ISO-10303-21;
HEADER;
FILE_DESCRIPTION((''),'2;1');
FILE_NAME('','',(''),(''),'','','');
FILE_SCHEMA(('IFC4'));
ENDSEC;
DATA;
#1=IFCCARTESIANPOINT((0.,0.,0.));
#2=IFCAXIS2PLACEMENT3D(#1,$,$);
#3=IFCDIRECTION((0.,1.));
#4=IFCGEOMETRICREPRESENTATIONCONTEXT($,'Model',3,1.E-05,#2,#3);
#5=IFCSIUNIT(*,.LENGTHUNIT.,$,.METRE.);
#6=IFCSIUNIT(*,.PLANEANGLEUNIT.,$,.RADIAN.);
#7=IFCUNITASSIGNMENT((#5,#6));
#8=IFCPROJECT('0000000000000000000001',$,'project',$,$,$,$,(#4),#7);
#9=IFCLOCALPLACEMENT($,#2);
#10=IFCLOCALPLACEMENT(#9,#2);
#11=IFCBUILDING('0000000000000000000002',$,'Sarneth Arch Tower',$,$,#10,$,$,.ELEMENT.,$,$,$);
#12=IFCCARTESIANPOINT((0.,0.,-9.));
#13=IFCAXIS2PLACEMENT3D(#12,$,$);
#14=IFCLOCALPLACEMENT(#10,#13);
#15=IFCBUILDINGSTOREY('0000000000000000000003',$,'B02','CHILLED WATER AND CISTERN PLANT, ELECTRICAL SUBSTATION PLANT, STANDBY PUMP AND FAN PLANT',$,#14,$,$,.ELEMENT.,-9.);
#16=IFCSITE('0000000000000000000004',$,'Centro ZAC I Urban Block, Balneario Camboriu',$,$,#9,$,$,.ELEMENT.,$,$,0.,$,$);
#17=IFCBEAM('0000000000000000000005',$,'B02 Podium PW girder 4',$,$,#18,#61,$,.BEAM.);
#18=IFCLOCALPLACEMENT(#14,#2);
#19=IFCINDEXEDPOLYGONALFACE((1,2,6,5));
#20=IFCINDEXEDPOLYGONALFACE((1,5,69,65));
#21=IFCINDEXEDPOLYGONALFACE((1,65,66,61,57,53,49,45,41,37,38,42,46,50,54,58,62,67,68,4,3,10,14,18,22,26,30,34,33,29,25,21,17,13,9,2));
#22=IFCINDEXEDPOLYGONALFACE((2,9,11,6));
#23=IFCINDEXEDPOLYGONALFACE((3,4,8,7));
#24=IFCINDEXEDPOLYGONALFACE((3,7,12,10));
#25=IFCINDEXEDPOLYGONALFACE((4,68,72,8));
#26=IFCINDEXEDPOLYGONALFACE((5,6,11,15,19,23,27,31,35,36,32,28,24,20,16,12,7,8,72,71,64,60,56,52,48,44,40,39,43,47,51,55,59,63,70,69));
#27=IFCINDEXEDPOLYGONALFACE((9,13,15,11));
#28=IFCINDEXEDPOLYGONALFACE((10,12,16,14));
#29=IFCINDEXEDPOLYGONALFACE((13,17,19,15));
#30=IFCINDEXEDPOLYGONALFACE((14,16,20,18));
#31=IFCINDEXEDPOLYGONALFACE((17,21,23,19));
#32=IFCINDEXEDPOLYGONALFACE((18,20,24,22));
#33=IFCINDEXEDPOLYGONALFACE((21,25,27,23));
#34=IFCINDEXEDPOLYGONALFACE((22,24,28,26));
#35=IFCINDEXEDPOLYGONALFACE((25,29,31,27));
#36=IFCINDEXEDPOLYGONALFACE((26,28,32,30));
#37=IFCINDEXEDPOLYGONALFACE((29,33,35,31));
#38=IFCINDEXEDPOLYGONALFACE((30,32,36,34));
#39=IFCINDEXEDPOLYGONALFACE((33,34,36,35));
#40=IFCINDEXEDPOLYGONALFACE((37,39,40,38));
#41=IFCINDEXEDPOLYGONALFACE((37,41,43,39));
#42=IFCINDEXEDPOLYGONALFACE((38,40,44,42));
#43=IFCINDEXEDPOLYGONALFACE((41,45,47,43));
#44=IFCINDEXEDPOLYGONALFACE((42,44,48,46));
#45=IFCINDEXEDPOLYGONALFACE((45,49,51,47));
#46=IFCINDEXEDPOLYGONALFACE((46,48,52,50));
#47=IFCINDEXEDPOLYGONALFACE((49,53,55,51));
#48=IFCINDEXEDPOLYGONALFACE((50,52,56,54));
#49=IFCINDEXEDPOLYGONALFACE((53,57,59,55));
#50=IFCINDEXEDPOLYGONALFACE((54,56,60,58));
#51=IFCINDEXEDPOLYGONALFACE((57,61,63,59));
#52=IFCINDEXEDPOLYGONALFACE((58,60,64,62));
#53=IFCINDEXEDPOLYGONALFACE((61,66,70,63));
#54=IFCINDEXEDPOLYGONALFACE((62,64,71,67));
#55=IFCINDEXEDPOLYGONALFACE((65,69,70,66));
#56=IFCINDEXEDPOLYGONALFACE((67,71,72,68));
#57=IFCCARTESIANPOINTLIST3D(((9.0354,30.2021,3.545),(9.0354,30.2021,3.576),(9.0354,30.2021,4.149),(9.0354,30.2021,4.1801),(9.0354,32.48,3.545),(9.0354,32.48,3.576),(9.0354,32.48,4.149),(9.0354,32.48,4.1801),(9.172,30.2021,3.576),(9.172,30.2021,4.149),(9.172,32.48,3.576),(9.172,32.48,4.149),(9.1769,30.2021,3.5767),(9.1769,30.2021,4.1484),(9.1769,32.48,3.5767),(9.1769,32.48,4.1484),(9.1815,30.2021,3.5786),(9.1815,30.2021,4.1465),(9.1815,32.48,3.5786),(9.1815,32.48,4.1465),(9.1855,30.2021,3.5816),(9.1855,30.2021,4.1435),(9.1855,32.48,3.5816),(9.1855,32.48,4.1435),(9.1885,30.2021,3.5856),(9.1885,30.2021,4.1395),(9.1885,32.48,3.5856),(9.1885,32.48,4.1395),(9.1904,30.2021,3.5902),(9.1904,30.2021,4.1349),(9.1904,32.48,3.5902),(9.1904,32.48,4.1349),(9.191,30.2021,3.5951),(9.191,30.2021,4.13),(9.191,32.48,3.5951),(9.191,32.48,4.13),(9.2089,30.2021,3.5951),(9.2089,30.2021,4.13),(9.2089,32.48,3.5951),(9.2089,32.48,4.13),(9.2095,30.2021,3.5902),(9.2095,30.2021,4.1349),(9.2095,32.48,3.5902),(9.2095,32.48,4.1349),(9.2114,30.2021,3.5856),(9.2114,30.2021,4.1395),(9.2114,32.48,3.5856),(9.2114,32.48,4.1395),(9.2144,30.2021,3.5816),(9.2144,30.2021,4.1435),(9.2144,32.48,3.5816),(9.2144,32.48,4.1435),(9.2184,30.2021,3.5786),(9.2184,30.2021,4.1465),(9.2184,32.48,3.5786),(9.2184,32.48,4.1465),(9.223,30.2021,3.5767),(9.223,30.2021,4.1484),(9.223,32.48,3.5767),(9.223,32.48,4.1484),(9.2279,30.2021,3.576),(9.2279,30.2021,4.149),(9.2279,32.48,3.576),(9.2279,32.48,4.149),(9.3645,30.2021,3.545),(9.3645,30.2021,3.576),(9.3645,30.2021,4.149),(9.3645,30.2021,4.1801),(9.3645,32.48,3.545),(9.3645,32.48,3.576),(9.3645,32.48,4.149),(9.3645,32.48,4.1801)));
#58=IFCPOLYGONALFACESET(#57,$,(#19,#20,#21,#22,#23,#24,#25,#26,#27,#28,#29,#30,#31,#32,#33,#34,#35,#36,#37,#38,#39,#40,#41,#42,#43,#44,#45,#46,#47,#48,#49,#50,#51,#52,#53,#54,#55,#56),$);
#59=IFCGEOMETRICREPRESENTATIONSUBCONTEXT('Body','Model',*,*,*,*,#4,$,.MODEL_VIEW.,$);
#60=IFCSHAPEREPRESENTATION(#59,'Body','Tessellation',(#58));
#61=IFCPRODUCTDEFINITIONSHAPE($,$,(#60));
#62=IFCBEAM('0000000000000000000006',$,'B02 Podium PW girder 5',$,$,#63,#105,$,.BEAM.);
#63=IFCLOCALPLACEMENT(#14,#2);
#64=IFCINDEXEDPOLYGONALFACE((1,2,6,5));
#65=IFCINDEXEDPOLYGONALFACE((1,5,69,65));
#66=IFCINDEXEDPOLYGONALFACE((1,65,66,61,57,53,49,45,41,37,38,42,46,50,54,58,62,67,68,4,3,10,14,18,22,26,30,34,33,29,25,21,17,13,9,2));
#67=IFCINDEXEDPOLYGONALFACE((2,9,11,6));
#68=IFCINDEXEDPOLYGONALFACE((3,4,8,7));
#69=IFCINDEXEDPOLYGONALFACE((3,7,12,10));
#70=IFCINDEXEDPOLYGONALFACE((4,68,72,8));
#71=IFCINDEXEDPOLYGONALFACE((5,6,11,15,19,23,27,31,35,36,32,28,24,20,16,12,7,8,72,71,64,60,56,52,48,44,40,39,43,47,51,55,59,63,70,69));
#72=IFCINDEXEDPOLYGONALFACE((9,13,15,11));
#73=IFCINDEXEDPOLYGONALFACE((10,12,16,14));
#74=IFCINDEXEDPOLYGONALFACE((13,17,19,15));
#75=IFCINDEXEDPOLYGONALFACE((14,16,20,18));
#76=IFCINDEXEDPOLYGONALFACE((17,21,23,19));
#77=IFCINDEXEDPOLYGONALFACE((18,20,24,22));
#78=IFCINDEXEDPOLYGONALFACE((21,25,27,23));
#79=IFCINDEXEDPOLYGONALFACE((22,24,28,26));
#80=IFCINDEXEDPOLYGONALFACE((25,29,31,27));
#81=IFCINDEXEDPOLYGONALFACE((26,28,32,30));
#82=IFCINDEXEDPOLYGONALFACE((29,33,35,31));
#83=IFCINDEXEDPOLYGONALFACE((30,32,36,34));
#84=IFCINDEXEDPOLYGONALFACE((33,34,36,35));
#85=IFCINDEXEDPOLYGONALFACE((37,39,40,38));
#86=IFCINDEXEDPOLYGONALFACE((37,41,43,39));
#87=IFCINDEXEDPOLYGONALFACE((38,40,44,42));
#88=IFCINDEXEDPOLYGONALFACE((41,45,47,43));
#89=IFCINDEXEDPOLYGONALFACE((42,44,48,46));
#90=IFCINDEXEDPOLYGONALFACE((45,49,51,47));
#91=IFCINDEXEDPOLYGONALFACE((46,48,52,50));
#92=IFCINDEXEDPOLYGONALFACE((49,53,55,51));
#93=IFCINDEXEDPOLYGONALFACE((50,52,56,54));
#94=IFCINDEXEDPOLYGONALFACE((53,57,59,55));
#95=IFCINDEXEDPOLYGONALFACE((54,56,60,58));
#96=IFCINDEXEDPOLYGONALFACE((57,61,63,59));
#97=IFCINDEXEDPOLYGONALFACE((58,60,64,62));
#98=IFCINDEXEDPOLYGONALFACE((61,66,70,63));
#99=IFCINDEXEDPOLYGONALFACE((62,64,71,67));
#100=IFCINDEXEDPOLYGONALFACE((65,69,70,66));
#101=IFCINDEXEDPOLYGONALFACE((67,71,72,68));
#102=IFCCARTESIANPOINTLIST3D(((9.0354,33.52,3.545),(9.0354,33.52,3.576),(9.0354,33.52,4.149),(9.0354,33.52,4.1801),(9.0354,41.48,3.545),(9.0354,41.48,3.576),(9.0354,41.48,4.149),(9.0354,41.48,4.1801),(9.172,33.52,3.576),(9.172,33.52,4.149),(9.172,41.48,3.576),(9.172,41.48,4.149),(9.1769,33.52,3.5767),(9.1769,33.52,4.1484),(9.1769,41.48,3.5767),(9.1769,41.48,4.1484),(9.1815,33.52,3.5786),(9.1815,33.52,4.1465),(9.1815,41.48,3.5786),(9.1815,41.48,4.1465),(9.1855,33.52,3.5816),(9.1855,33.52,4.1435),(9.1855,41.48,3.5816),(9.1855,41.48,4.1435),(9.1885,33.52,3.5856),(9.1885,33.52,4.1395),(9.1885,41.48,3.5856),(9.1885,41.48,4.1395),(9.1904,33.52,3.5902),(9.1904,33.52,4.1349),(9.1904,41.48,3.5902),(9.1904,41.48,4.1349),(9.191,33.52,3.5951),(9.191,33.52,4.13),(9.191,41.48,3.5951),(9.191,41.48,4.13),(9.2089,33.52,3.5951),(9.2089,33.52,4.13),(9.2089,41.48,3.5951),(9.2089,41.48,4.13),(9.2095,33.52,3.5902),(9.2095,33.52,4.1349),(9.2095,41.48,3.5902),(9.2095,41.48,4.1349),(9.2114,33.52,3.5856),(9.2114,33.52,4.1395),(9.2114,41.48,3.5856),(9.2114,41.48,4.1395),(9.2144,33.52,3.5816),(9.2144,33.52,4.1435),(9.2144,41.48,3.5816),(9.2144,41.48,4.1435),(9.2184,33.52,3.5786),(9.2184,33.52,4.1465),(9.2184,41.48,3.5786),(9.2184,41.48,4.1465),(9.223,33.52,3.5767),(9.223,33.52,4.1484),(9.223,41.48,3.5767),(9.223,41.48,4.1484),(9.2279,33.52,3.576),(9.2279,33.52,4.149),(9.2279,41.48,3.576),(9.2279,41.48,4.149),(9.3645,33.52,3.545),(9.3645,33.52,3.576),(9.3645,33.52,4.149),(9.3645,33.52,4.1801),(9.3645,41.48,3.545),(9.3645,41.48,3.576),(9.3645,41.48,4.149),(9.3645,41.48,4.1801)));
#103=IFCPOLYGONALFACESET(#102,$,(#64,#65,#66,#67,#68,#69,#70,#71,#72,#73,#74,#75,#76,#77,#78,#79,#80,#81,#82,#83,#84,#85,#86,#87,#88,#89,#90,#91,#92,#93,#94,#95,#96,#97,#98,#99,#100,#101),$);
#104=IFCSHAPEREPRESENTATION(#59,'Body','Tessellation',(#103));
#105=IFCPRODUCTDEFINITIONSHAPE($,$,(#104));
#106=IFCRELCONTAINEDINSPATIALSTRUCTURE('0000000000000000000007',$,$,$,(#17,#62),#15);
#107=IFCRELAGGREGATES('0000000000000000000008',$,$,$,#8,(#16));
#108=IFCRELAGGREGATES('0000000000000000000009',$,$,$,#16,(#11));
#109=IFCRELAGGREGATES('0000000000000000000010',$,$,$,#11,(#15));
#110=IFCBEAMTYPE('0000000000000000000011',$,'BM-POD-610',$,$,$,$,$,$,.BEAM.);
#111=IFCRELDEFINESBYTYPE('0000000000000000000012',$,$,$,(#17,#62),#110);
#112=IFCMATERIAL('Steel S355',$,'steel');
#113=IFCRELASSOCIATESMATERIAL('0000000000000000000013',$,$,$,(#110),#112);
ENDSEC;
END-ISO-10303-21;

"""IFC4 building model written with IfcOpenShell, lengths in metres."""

from ifc_helpers import new_model, si_unit, direction, frame, origin, origin_2d, place, context, subcontext, project, spatial, i_section, extrude, material, material_profile, profile_set, type_object, element, save


model = new_model("IFC4")

# Units and contexts
model_context = context("Model", 3, precision=1e-05, world=origin(), true_north=direction((0.0, 1.0)))
body_context = subcontext(model_context, "Body", "Model", "MODEL_VIEW")
ifc_project = project(units=[si_unit("LENGTHUNIT", "METRE"), si_unit("PLANEANGLEUNIT", "RADIAN")], contexts=[model_context])

# Site, building, storey
site_placement = place(None, origin())
site = spatial("IfcSite", under=ifc_project, at=site_placement, Name="Centro ZAC I Urban Block, Balneario Camboriu", CompositionType="ELEMENT", RefElevation=0.0)
building_placement = place(site_placement, origin())
building = spatial("IfcBuilding", under=site, at=building_placement, Name="Sarneth Arch Tower", CompositionType="ELEMENT")
storey_placement = place(building_placement, frame((0.0, 0.0, -9.0)))
storey = spatial("IfcBuildingStorey", under=building, at=storey_placement, Name="B02", Description="CHILLED WATER AND CISTERN PLANT, ELECTRICAL SUBSTATION PLANT, STANDBY PUMP AND FAN PLANT", CompositionType="ELEMENT", Elevation=-9.0)

# Beams
ifc_material_1 = material(Name="Steel S355", Category="steel")
ifc_material_profile_1 = material_profile(ifc_material_1, i_section(OverallWidth=0.3291, OverallDepth=0.635, WebThickness=0.0178, FlangeThickness=0.031, FilletRadius=0.019, at=origin_2d()), Name="W610x241")
ifc_profile_set_1 = profile_set([ifc_material_profile_1], Name="Steel S355")
beam_type = type_object("IfcBeamType", Name="BM-POD-610", PredefinedType="BEAM", material=ifc_profile_set_1)
beam_1_placement = place(storey_placement, frame((9.2, 30.2021, 3.8625), z_axis=(0.0, 1.0, 0.0), x_axis=(-1.0, 0.0, 0.0)))
element("IfcBeam", 1, at=beam_1_placement, inside=storey, type_object=beam_type, Name="B02 Podium PW girder 4", PredefinedType="BEAM", context=body_context, shape_type="SweptSolid", body=[
    extrude(i_section(OverallWidth=0.3291, OverallDepth=0.635, WebThickness=0.0178, FlangeThickness=0.031, FilletRadius=0.019, at=origin_2d()), origin(), (0.0, 0.0, 1.0), 2.2778),
])
beam_2_placement = place(storey_placement, frame((9.2, 33.52, 3.8625), z_axis=(0.0, 1.0, 0.0), x_axis=(-1.0, 0.0, 0.0)))
element("IfcBeam", 2, at=beam_2_placement, inside=storey, type_object=beam_type, Name="B02 Podium PW girder 5", PredefinedType="BEAM", context=body_context, shape_type="SweptSolid", body=[
    extrude(i_section(OverallWidth=0.3291, OverallDepth=0.635, WebThickness=0.0178, FlangeThickness=0.031, FilletRadius=0.019, at=origin_2d()), origin(), (0.0, 0.0, 1.0), 7.96),
])

save(model, "model.ifc")
